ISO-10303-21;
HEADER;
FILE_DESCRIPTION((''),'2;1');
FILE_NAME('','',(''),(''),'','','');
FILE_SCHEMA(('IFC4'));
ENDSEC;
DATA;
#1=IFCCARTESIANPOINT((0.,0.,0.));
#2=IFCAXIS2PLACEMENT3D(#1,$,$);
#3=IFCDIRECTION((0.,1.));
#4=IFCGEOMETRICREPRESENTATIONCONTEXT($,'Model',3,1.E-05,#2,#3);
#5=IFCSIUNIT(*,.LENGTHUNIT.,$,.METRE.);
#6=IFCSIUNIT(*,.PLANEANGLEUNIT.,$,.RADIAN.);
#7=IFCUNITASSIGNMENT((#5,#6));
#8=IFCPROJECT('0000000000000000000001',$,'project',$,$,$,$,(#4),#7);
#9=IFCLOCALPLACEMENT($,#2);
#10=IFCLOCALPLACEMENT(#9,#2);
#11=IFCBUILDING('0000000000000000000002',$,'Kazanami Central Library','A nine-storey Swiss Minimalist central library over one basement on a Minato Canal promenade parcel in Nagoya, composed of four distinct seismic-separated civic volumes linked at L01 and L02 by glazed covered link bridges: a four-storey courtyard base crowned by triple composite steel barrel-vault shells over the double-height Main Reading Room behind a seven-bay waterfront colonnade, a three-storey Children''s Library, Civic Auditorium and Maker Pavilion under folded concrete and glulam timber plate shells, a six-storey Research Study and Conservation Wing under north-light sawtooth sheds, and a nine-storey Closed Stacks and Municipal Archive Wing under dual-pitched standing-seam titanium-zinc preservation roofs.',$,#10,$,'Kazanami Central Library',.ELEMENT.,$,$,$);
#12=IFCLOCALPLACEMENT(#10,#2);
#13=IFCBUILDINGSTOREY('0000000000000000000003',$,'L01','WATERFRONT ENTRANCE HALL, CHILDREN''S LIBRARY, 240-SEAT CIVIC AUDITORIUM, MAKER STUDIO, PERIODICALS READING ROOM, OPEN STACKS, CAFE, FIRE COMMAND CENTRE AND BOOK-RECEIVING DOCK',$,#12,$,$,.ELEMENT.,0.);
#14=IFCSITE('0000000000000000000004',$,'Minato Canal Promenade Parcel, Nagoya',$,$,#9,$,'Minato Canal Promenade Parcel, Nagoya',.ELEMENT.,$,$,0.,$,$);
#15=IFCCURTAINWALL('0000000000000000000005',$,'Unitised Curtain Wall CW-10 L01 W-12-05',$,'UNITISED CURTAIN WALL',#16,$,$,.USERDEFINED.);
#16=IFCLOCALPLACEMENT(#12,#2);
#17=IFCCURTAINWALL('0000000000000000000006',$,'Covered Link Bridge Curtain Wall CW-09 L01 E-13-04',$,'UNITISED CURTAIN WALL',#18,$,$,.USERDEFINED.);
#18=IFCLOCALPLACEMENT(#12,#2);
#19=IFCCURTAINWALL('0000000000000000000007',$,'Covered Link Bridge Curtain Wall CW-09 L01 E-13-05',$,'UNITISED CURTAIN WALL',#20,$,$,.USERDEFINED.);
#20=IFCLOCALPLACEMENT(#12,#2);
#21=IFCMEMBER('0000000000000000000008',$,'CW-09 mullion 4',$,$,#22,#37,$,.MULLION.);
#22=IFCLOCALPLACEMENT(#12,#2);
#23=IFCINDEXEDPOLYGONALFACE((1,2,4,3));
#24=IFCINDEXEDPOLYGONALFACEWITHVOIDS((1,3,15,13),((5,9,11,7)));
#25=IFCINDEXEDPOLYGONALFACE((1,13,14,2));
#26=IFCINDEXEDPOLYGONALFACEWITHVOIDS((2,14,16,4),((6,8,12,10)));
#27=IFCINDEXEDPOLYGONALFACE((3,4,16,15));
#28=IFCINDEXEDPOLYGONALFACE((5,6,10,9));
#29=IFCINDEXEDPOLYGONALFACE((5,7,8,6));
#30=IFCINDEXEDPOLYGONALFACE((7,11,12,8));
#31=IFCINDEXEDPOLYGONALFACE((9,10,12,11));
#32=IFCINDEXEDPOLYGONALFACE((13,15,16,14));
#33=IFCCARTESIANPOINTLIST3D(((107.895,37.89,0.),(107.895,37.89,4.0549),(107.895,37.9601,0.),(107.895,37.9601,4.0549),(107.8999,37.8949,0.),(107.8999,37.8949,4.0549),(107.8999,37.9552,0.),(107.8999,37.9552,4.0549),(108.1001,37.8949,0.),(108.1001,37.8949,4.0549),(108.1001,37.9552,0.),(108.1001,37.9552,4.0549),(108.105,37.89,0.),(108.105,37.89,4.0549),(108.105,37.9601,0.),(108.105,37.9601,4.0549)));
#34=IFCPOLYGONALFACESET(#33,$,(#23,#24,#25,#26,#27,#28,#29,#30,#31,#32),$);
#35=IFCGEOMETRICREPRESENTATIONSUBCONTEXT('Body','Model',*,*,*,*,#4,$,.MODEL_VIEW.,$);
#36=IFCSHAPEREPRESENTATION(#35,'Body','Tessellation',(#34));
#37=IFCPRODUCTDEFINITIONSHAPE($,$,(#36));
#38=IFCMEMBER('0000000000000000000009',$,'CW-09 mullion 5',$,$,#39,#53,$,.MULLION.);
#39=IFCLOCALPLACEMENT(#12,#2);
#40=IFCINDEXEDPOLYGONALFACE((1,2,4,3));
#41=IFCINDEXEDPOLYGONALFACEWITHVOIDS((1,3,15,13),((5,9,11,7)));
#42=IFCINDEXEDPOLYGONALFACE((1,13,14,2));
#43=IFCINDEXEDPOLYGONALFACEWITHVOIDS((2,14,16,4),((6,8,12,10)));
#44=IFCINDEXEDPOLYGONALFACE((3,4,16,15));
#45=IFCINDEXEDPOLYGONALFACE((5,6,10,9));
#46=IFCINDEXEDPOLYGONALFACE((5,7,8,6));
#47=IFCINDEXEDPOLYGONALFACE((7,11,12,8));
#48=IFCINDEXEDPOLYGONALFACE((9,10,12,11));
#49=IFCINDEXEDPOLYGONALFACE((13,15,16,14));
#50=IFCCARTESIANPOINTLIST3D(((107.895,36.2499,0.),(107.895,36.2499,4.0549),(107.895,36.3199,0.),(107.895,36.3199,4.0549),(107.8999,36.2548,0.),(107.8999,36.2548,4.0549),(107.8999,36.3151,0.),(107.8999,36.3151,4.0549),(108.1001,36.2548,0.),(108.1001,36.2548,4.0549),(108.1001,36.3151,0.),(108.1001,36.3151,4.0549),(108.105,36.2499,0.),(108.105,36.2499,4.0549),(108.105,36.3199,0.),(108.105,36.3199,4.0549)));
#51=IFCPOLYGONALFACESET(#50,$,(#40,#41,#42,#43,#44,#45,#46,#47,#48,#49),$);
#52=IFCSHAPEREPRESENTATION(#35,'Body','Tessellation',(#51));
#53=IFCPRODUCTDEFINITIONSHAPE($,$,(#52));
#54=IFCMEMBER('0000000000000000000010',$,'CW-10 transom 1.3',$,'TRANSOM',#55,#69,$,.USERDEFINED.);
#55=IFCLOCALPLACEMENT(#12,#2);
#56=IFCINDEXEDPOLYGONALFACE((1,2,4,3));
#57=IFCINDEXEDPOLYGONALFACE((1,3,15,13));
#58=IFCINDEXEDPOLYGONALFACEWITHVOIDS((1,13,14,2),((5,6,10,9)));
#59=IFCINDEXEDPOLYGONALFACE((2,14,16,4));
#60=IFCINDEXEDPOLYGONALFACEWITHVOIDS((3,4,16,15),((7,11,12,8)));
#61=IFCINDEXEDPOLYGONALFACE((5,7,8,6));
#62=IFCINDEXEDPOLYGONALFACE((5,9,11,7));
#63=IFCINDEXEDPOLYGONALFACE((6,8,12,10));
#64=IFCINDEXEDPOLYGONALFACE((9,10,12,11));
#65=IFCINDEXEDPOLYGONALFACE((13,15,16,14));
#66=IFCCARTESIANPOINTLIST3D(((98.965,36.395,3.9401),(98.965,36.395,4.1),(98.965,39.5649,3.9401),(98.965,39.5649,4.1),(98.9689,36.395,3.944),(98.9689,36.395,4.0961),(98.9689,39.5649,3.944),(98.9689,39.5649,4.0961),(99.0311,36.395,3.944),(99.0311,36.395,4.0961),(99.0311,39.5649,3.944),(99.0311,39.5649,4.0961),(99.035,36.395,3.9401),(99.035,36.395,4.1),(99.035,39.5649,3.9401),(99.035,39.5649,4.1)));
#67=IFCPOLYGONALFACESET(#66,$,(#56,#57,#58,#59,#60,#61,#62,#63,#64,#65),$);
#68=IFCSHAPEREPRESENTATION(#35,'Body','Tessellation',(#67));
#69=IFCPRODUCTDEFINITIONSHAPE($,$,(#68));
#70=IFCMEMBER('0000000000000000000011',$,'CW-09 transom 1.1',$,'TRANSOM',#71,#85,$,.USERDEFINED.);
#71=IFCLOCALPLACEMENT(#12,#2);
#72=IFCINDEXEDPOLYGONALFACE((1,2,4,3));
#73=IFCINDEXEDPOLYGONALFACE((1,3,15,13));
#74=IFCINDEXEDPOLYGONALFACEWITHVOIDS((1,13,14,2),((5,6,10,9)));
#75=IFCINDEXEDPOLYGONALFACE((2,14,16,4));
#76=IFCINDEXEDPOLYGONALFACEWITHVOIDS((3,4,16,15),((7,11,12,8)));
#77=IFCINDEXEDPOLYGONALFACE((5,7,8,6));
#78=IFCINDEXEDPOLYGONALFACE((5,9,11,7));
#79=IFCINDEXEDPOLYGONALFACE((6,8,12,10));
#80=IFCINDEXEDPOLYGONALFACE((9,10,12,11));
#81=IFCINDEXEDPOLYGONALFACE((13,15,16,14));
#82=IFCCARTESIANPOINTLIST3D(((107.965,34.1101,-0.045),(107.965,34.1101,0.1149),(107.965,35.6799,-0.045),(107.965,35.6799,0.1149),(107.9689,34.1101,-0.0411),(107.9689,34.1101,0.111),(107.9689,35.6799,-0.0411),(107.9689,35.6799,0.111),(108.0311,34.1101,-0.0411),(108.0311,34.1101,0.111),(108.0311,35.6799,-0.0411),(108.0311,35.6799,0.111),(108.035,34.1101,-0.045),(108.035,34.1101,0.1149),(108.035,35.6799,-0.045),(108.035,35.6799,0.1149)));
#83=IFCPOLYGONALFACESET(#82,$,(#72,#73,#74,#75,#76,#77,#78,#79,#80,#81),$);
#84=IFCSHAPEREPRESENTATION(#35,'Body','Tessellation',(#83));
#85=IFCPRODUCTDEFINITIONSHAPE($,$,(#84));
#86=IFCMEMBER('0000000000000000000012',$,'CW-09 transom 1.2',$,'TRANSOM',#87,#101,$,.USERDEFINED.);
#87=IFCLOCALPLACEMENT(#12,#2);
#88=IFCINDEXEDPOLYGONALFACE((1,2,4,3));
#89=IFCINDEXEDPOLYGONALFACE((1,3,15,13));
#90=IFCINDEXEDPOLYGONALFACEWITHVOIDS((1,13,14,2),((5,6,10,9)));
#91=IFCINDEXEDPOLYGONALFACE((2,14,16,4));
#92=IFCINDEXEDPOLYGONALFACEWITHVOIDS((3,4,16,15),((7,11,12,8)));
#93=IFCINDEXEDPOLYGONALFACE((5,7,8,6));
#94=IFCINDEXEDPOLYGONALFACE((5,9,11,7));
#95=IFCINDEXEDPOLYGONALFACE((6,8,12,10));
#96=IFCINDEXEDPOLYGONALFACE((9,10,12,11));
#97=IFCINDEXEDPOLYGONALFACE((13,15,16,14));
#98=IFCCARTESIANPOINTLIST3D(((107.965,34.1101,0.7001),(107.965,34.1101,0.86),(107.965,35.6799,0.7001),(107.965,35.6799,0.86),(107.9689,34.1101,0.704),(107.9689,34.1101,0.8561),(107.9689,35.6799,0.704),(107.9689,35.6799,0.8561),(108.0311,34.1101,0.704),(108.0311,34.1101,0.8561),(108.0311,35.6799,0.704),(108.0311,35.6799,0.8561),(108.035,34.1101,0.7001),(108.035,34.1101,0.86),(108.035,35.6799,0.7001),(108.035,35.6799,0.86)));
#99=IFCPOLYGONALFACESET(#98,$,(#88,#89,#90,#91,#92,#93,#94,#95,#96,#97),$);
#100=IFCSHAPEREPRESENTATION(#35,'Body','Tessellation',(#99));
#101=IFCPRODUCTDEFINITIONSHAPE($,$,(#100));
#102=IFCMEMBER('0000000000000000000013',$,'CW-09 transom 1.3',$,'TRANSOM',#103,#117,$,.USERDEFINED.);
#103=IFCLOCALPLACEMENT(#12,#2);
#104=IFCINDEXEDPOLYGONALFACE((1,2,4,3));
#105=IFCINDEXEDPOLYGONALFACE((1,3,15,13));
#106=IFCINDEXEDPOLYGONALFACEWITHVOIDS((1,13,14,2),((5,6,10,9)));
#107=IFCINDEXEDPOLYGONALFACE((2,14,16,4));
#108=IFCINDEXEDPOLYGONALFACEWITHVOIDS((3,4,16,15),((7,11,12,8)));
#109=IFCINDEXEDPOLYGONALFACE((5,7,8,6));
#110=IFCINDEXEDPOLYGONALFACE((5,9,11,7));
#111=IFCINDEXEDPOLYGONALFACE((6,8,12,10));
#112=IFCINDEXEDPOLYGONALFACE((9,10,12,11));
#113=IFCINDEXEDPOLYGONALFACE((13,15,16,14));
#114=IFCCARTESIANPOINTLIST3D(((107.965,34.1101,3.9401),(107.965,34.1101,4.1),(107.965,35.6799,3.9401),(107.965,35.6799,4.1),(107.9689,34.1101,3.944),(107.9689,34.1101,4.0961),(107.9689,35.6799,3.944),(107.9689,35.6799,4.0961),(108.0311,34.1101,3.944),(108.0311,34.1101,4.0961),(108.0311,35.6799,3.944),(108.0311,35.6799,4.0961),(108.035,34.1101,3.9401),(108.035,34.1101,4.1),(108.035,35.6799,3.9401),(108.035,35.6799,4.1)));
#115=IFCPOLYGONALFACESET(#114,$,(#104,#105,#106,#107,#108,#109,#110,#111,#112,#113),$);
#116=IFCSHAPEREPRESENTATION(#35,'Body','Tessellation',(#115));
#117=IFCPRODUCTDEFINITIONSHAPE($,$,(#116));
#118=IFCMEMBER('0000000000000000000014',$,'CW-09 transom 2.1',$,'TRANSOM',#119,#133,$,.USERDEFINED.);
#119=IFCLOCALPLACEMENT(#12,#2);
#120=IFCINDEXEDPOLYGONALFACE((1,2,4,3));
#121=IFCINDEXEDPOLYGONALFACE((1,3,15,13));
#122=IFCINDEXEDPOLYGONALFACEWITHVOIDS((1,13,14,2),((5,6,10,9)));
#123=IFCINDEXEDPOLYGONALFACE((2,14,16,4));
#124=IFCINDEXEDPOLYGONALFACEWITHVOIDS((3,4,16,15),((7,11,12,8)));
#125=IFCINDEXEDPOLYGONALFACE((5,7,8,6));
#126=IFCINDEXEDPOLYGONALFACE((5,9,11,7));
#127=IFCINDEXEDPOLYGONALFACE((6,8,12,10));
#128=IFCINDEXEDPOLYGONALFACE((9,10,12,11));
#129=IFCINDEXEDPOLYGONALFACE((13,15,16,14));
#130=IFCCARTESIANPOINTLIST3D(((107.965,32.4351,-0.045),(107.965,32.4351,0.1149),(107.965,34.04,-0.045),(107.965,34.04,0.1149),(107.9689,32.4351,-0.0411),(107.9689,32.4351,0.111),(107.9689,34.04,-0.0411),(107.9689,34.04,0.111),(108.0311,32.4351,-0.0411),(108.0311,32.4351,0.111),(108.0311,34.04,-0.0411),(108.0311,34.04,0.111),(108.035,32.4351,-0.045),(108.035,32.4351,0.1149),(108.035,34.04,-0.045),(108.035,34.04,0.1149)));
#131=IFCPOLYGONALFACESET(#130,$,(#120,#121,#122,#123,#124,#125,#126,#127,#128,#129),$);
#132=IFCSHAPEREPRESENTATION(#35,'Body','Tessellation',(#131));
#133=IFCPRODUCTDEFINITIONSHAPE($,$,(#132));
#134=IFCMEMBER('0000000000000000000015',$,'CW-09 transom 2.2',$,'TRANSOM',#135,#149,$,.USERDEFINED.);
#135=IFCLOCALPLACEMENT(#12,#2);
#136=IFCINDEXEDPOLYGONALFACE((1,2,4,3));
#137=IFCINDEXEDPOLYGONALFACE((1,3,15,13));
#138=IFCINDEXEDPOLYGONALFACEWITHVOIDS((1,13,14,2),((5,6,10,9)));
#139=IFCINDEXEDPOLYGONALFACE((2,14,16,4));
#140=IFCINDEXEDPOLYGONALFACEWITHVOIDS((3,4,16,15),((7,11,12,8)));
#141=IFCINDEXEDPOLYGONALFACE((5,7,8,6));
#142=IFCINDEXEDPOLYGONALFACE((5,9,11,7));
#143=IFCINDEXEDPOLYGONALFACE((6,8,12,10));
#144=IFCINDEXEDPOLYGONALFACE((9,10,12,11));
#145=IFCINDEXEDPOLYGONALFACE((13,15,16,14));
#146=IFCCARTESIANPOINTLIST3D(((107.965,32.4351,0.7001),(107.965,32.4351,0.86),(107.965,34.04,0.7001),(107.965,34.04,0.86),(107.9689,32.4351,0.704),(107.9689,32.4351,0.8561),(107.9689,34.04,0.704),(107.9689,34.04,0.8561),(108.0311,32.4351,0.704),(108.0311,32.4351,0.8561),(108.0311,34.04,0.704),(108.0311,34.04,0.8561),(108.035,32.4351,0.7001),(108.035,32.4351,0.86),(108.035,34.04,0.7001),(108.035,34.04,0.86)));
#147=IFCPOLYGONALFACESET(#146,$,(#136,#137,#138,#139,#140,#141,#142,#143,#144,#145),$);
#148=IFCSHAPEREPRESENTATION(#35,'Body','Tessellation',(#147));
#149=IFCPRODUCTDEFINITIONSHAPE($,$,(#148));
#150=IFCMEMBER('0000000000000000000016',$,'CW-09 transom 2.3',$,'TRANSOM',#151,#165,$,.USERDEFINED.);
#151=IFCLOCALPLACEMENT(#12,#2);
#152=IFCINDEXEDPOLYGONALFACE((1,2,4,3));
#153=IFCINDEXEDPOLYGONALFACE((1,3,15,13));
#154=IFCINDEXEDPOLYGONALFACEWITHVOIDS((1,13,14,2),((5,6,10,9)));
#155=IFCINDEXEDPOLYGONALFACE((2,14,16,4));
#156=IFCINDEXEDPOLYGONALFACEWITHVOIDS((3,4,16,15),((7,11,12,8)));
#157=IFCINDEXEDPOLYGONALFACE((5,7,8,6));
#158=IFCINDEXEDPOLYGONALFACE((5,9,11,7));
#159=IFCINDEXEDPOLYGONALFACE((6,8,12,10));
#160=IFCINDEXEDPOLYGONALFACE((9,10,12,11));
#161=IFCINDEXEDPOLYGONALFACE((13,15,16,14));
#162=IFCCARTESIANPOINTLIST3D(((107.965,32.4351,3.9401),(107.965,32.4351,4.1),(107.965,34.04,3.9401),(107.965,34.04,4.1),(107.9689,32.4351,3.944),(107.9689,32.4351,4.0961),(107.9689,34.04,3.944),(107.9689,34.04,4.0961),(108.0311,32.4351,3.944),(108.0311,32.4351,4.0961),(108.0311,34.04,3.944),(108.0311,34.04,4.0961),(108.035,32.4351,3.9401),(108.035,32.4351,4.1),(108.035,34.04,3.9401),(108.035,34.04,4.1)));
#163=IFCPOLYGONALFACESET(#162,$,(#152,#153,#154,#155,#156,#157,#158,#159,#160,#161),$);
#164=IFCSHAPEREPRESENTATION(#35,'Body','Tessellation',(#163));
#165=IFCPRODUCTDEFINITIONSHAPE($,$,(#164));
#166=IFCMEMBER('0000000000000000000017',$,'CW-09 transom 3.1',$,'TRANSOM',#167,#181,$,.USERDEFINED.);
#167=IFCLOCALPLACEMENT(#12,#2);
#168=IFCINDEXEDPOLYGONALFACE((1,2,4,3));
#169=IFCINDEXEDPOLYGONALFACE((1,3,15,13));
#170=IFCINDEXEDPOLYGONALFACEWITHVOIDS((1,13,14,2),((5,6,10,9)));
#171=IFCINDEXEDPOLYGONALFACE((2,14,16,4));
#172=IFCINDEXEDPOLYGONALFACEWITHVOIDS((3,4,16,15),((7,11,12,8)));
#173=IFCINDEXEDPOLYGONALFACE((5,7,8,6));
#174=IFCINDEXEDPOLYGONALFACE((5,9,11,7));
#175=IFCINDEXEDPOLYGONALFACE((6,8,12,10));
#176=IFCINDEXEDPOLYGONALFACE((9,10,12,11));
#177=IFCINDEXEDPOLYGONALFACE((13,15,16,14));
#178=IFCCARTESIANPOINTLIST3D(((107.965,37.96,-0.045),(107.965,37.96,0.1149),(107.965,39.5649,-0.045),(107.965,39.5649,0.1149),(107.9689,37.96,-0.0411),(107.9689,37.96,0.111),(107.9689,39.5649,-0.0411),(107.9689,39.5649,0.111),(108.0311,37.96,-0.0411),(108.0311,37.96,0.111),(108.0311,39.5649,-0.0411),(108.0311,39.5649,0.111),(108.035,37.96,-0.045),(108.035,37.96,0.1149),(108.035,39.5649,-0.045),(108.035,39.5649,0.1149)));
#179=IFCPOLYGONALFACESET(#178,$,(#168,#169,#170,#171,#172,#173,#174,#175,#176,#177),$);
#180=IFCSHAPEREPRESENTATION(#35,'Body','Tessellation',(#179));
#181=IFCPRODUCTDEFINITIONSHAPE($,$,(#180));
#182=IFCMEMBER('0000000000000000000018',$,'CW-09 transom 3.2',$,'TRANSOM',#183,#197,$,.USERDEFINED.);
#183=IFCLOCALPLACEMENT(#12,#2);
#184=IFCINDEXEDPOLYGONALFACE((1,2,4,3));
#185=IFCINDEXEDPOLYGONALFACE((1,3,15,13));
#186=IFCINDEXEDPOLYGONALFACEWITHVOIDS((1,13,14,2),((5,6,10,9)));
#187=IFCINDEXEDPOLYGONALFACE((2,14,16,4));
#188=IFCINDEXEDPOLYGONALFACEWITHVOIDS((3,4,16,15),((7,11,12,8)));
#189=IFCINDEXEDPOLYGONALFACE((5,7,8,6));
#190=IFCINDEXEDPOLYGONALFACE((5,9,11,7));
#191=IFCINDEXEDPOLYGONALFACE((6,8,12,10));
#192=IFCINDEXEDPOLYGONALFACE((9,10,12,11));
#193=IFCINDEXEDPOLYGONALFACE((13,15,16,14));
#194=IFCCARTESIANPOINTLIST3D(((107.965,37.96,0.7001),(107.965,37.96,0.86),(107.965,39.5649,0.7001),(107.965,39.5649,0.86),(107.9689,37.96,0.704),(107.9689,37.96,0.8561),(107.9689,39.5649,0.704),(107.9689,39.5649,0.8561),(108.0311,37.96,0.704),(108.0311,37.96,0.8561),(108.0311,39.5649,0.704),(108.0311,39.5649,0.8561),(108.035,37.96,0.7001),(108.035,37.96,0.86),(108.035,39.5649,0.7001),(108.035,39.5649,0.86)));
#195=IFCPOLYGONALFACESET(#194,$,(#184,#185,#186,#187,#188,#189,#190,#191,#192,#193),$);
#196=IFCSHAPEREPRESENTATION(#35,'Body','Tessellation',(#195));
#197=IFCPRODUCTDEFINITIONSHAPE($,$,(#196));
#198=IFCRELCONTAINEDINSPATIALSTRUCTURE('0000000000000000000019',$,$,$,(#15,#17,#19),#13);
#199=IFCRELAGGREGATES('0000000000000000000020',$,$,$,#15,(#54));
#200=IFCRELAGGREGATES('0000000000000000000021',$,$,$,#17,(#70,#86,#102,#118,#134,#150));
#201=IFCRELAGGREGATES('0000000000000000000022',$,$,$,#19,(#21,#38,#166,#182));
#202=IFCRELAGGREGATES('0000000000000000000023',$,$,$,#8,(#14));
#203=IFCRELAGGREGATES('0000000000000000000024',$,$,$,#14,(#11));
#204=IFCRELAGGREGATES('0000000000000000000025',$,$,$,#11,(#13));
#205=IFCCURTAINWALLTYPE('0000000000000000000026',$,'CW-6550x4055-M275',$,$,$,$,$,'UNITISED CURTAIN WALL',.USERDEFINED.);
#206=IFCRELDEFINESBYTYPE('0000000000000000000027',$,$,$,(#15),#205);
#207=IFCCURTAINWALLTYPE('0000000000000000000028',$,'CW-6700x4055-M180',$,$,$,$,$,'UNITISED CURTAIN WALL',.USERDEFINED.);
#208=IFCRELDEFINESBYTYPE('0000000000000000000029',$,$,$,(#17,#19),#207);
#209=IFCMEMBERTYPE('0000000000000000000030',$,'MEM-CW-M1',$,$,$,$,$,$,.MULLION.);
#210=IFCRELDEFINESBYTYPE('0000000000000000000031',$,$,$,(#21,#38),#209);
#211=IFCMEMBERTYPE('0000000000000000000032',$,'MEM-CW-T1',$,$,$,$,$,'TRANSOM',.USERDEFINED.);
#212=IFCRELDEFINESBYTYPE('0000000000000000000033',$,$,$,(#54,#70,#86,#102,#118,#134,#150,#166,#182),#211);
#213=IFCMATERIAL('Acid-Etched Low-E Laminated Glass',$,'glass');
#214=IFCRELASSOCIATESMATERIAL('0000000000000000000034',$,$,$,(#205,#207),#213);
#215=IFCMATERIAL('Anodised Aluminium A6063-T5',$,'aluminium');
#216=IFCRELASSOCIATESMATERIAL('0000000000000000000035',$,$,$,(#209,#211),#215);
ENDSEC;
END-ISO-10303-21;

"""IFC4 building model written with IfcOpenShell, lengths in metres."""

from ifc_helpers import new_model, si_unit, direction, frame, origin, origin_2d, place, context, subcontext, project, spatial, hollow_rectangle, extrude, material, material_profile, profile_set, type_object, element, aggregate, save


model = new_model("IFC4")

# Units and contexts
model_context = context("Model", 3, precision=1e-05, world=origin(), true_north=direction((0.0, 1.0)))
body_context = subcontext(model_context, "Body", "Model", "MODEL_VIEW")
ifc_project = project(units=[si_unit("LENGTHUNIT", "METRE"), si_unit("PLANEANGLEUNIT", "RADIAN")], contexts=[model_context])

# Site, building, storey
site_placement = place(None, origin())
site = spatial("IfcSite", under=ifc_project, at=site_placement, Name="Minato Canal Promenade Parcel, Nagoya", LongName="Minato Canal Promenade Parcel, Nagoya", CompositionType="ELEMENT", RefElevation=0.0)
building_placement = place(site_placement, origin())
building = spatial("IfcBuilding", under=site, at=building_placement, Name="Kazanami Central Library", Description="A nine-storey Swiss Minimalist central library over one basement on a Minato Canal promenade parcel in Nagoya, composed of four distinct seismic-separated civic volumes linked at L01 and L02 by glazed covered link bridges: a four-storey courtyard base crowned by triple composite steel barrel-vault shells over the double-height Main Reading Room behind a seven-bay waterfront colonnade, a three-storey Children's Library, Civic Auditorium and Maker Pavilion under folded concrete and glulam timber plate shells, a six-storey Research Study and Conservation Wing under north-light sawtooth sheds, and a nine-storey Closed Stacks and Municipal Archive Wing under dual-pitched standing-seam titanium-zinc preservation roofs.", LongName="Kazanami Central Library", CompositionType="ELEMENT")
storey_placement = place(building_placement, origin())
storey = spatial("IfcBuildingStorey", under=building, at=storey_placement, Name="L01", Description="WATERFRONT ENTRANCE HALL, CHILDREN'S LIBRARY, 240-SEAT CIVIC AUDITORIUM, MAKER STUDIO, PERIODICALS READING ROOM, OPEN STACKS, CAFE, FIRE COMMAND CENTRE AND BOOK-RECEIVING DOCK", CompositionType="ELEMENT", Elevation=0.0)

# Curtain wall
ifc_material_1 = material(Name="Acid-Etched Low-E Laminated Glass", Category="glass")
curtain_wall_type_1 = type_object("IfcCurtainWallType", Name="CW-6550x4055-M275", ElementType="UNITISED CURTAIN WALL", PredefinedType="USERDEFINED", material=ifc_material_1)
curtain_wall_1_placement = place(storey_placement, origin())
curtain_wall_1 = element("IfcCurtainWall", 1, at=curtain_wall_1_placement, inside=storey, type_object=curtain_wall_type_1, Name="Unitised Curtain Wall CW-10 L01 W-12-05", ObjectType="UNITISED CURTAIN WALL", PredefinedType="USERDEFINED")
ifc_material_2 = material(Name="Anodised Aluminium A6063-T5", Category="aluminium")
ifc_material_profile_1 = material_profile(ifc_material_2, hollow_rectangle(XDim=0.0701, YDim=0.21, WallThickness=0.0049, at=origin_2d()), Name="ALU-MULL-70x210x5")
ifc_profile_set_1 = profile_set([ifc_material_profile_1], Name="Anodised Aluminium A6063-T5")
member_type_1 = type_object("IfcMemberType", Name="MEM-CW-M1", PredefinedType="MULLION", material=ifc_profile_set_1)

# Curtain walls, members
curtain_wall_type_2 = type_object("IfcCurtainWallType", Name="CW-6700x4055-M180", ElementType="UNITISED CURTAIN WALL", PredefinedType="USERDEFINED", material=ifc_material_1)
curtain_wall_2_placement = place(storey_placement, origin())
curtain_wall_2 = element("IfcCurtainWall", 2, at=curtain_wall_2_placement, inside=storey, type_object=curtain_wall_type_2, Name="Covered Link Bridge Curtain Wall CW-09 L01 E-13-04", ObjectType="UNITISED CURTAIN WALL", PredefinedType="USERDEFINED")
curtain_wall_3_placement = place(storey_placement, origin())
curtain_wall_3 = element("IfcCurtainWall", 3, at=curtain_wall_3_placement, inside=storey, type_object=curtain_wall_type_2, Name="Covered Link Bridge Curtain Wall CW-09 L01 E-13-05", ObjectType="UNITISED CURTAIN WALL", PredefinedType="USERDEFINED")
member_1_placement = place(storey_placement, frame((108.0, 37.925, 0.0), z_axis=(0.0, 0.0, 1.0), x_axis=(0.0, -1.0, 0.0)))
member_1 = element("IfcMember", 4, at=member_1_placement, type_object=member_type_1, Name="CW-09 mullion 4", PredefinedType="MULLION", context=body_context, shape_type="SweptSolid", body=[
    extrude(hollow_rectangle(XDim=0.0701, YDim=0.21, WallThickness=0.0049, at=origin_2d()), origin(), (0.0, 0.0, 1.0), 4.0549),
])
member_2_placement = place(storey_placement, frame((108.0, 36.2849, 0.0), z_axis=(0.0, 0.0, 1.0), x_axis=(0.0, -1.0, 0.0)))
member_2 = element("IfcMember", 5, at=member_2_placement, type_object=member_type_1, Name="CW-09 mullion 5", PredefinedType="MULLION", context=body_context, shape_type="SweptSolid", body=[
    extrude(hollow_rectangle(XDim=0.0701, YDim=0.21, WallThickness=0.0049, at=origin_2d()), origin(), (0.0, 0.0, 1.0), 4.0549),
])

# Members
ifc_material_profile_2 = material_profile(ifc_material_2, hollow_rectangle(XDim=0.0701, YDim=0.1599, WallThickness=0.0039, at=origin_2d()), Name="ALU-TRAN-70x160x4")
ifc_profile_set_2 = profile_set([ifc_material_profile_2], Name="Anodised Aluminium A6063-T5")
member_type_2 = type_object("IfcMemberType", Name="MEM-CW-T1", ElementType="TRANSOM", PredefinedType="USERDEFINED", material=ifc_profile_set_2)
member_3_placement = place(storey_placement, frame((99.0, 36.395, 4.02), z_axis=(0.0, 1.0, 0.0), x_axis=(-1.0, 0.0, 0.0)))
member_3 = element("IfcMember", 6, at=member_3_placement, type_object=member_type_2, Name="CW-10 transom 1.3", ObjectType="TRANSOM", PredefinedType="USERDEFINED", context=body_context, shape_type="SweptSolid", body=[
    extrude(hollow_rectangle(XDim=0.0701, YDim=0.1599, WallThickness=0.0039, at=origin_2d()), origin(), (0.0, 0.0, 1.0), 3.1699),
])
member_4_placement = place(storey_placement, frame((108.0, 35.6799, 0.0349), z_axis=(0.0, -1.0, 0.0), x_axis=(1.0, 0.0, 0.0)))
member_4 = element("IfcMember", 7, at=member_4_placement, type_object=member_type_2, Name="CW-09 transom 1.1", ObjectType="TRANSOM", PredefinedType="USERDEFINED", context=body_context, shape_type="SweptSolid", body=[
    extrude(hollow_rectangle(XDim=0.0701, YDim=0.1599, WallThickness=0.0039, at=origin_2d()), origin(), (0.0, 0.0, 1.0), 1.5698),
])
member_5_placement = place(storey_placement, frame((108.0, 35.6799, 0.78), z_axis=(0.0, -1.0, 0.0), x_axis=(1.0, 0.0, 0.0)))
member_5 = element("IfcMember", 8, at=member_5_placement, type_object=member_type_2, Name="CW-09 transom 1.2", ObjectType="TRANSOM", PredefinedType="USERDEFINED", context=body_context, shape_type="SweptSolid", body=[
    extrude(hollow_rectangle(XDim=0.0701, YDim=0.1599, WallThickness=0.0039, at=origin_2d()), origin(), (0.0, 0.0, 1.0), 1.5698),
])
member_6_placement = place(storey_placement, frame((108.0, 35.6799, 4.02), z_axis=(0.0, -1.0, 0.0), x_axis=(1.0, 0.0, 0.0)))
member_6 = element("IfcMember", 9, at=member_6_placement, type_object=member_type_2, Name="CW-09 transom 1.3", ObjectType="TRANSOM", PredefinedType="USERDEFINED", context=body_context, shape_type="SweptSolid", body=[
    extrude(hollow_rectangle(XDim=0.0701, YDim=0.1599, WallThickness=0.0039, at=origin_2d()), origin(), (0.0, 0.0, 1.0), 1.5698),
])
member_7_placement = place(storey_placement, frame((108.0, 34.04, 0.0349), z_axis=(0.0, -1.0, 0.0), x_axis=(1.0, 0.0, 0.0)))
member_7 = element("IfcMember", 10, at=member_7_placement, type_object=member_type_2, Name="CW-09 transom 2.1", ObjectType="TRANSOM", PredefinedType="USERDEFINED", context=body_context, shape_type="SweptSolid", body=[
    extrude(hollow_rectangle(XDim=0.0701, YDim=0.1599, WallThickness=0.0039, at=origin_2d()), origin(), (0.0, 0.0, 1.0), 1.605),
])
member_8_placement = place(storey_placement, frame((108.0, 34.04, 0.78), z_axis=(0.0, -1.0, 0.0), x_axis=(1.0, 0.0, 0.0)))
member_8 = element("IfcMember", 11, at=member_8_placement, type_object=member_type_2, Name="CW-09 transom 2.2", ObjectType="TRANSOM", PredefinedType="USERDEFINED", context=body_context, shape_type="SweptSolid", body=[
    extrude(hollow_rectangle(XDim=0.0701, YDim=0.1599, WallThickness=0.0039, at=origin_2d()), origin(), (0.0, 0.0, 1.0), 1.605),
])
member_9_placement = place(storey_placement, frame((108.0, 34.04, 4.02), z_axis=(0.0, -1.0, 0.0), x_axis=(1.0, 0.0, 0.0)))
member_9 = element("IfcMember", 12, at=member_9_placement, type_object=member_type_2, Name="CW-09 transom 2.3", ObjectType="TRANSOM", PredefinedType="USERDEFINED", context=body_context, shape_type="SweptSolid", body=[
    extrude(hollow_rectangle(XDim=0.0701, YDim=0.1599, WallThickness=0.0039, at=origin_2d()), origin(), (0.0, 0.0, 1.0), 1.605),
])
member_10_placement = place(storey_placement, frame((108.0, 39.5649, 0.0349), z_axis=(0.0, -1.0, 0.0), x_axis=(1.0, 0.0, 0.0)))
member_10 = element("IfcMember", 13, at=member_10_placement, type_object=member_type_2, Name="CW-09 transom 3.1", ObjectType="TRANSOM", PredefinedType="USERDEFINED", context=body_context, shape_type="SweptSolid", body=[
    extrude(hollow_rectangle(XDim=0.0701, YDim=0.1599, WallThickness=0.0039, at=origin_2d()), origin(), (0.0, 0.0, 1.0), 1.605),
])
member_11_placement = place(storey_placement, frame((108.0, 39.5649, 0.78), z_axis=(0.0, -1.0, 0.0), x_axis=(1.0, 0.0, 0.0)))
member_11 = element("IfcMember", 14, at=member_11_placement, type_object=member_type_2, Name="CW-09 transom 3.2", ObjectType="TRANSOM", PredefinedType="USERDEFINED", context=body_context, shape_type="SweptSolid", body=[
    extrude(hollow_rectangle(XDim=0.0701, YDim=0.1599, WallThickness=0.0039, at=origin_2d()), origin(), (0.0, 0.0, 1.0), 1.605),
])

aggregate(curtain_wall_1, [member_3])
aggregate(curtain_wall_2, [member_4, member_5, member_6, member_7, member_8, member_9])
aggregate(curtain_wall_3, [member_1, member_2, member_10, member_11])

save(model, "model.ifc")
